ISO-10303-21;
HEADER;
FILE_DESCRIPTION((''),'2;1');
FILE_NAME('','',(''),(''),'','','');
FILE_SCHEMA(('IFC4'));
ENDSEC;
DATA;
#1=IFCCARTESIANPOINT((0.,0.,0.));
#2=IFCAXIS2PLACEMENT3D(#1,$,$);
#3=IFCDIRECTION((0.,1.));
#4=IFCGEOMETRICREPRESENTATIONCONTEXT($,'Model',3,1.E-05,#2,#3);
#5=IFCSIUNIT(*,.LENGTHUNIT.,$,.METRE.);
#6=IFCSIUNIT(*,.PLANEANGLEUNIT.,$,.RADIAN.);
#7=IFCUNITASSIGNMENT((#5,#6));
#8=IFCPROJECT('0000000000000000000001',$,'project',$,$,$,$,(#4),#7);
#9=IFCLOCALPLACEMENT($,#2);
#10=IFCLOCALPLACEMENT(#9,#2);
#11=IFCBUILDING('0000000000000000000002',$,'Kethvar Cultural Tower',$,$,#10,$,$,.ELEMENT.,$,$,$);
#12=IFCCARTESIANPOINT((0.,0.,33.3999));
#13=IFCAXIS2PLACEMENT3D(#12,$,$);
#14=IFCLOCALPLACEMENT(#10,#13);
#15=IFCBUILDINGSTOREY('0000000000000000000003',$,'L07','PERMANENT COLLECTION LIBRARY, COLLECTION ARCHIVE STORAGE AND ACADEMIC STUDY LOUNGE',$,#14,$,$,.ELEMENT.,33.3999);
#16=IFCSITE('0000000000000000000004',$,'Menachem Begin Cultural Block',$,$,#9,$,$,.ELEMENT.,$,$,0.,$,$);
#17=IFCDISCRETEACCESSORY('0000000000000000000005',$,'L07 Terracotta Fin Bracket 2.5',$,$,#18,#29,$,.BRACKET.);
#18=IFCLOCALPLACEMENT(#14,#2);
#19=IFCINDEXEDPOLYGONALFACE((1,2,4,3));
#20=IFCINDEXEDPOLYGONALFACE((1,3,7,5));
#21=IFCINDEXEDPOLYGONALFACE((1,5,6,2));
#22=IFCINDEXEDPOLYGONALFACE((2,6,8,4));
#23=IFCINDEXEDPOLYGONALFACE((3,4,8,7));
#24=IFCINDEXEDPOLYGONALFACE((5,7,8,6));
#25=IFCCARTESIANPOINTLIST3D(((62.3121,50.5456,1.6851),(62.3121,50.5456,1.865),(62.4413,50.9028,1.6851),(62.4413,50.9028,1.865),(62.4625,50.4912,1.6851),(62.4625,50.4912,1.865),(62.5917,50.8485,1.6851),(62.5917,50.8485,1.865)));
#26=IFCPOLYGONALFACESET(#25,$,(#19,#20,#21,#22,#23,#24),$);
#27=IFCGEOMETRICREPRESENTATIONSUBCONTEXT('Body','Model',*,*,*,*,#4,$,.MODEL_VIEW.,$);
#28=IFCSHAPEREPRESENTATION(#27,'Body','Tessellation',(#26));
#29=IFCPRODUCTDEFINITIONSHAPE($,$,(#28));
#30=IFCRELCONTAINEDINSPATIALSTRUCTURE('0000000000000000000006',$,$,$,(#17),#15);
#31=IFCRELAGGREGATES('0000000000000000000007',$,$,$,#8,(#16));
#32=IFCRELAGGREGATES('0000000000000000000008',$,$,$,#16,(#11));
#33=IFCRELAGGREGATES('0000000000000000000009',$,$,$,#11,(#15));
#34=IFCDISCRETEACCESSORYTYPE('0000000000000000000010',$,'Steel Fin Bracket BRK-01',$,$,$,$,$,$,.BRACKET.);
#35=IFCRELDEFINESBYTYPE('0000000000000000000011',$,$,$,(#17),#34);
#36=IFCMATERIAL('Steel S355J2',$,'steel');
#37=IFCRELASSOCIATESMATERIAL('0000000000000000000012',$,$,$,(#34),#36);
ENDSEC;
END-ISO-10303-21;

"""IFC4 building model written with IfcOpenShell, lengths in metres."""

from ifc_helpers import new_model, si_unit, direction, frame, origin, origin_2d, place, context, subcontext, project, spatial, rectangle, extrude, source, transform, mapped, material, type_object, element, save


model = new_model("IFC4")

# Units and contexts
model_context = context("Model", 3, precision=1e-05, world=origin(), true_north=direction((0.0, 1.0)))
body_context = subcontext(model_context, "Body", "Model", "MODEL_VIEW")
ifc_project = project(units=[si_unit("LENGTHUNIT", "METRE"), si_unit("PLANEANGLEUNIT", "RADIAN")], contexts=[model_context])

# Site, building, storey
site_placement = place(None, origin())
site = spatial("IfcSite", under=ifc_project, at=site_placement, Name="Menachem Begin Cultural Block", CompositionType="ELEMENT", RefElevation=0.0)
building_placement = place(site_placement, origin())
building = spatial("IfcBuilding", under=site, at=building_placement, Name="Kethvar Cultural Tower", CompositionType="ELEMENT")
storey_placement = place(building_placement, frame((0.0, 0.0, 33.3999)))
storey = spatial("IfcBuildingStorey", under=building, at=storey_placement, Name="L07", Description="PERMANENT COLLECTION LIBRARY, COLLECTION ARCHIVE STORAGE AND ACADEMIC STUDY LOUNGE", CompositionType="ELEMENT", Elevation=33.3999)

# Shared definitions
ifc_material_1 = material(Name="Steel S355J2", Category="steel")

# Discrete accessory
discrete_accessory_type = type_object("IfcDiscreteAccessoryType", Name="Steel Fin Bracket BRK-01", PredefinedType="BRACKET", material=ifc_material_1)
shared_shape_1 = source(origin(), body_context, "Body", "SweptSolid", [
    extrude(rectangle(XDim=0.3799, YDim=0.1599, at=origin_2d()), origin(), (0.0, 0.0, 1.0), 0.1799),
])
for number, where, z_axis, x_axis, name in (
    (1, (62.4519, 50.697, 1.6851), (0.0, 0.0, 1.0), (0.340051, 0.940407, 0.0), "L07 Terracotta Fin Bracket 2.5"),
):
    element("IfcDiscreteAccessory", number, at=place(storey_placement, frame(where, z_axis=z_axis, x_axis=x_axis)), inside=storey, type_object=discrete_accessory_type, Name=name, PredefinedType="BRACKET", context=body_context, shape_type="MappedRepresentation", body=[
        mapped(shared_shape_1, transform((0.0, 0.0, 0.0), scale=1.0)),
    ])

save(model, "model.ifc")
